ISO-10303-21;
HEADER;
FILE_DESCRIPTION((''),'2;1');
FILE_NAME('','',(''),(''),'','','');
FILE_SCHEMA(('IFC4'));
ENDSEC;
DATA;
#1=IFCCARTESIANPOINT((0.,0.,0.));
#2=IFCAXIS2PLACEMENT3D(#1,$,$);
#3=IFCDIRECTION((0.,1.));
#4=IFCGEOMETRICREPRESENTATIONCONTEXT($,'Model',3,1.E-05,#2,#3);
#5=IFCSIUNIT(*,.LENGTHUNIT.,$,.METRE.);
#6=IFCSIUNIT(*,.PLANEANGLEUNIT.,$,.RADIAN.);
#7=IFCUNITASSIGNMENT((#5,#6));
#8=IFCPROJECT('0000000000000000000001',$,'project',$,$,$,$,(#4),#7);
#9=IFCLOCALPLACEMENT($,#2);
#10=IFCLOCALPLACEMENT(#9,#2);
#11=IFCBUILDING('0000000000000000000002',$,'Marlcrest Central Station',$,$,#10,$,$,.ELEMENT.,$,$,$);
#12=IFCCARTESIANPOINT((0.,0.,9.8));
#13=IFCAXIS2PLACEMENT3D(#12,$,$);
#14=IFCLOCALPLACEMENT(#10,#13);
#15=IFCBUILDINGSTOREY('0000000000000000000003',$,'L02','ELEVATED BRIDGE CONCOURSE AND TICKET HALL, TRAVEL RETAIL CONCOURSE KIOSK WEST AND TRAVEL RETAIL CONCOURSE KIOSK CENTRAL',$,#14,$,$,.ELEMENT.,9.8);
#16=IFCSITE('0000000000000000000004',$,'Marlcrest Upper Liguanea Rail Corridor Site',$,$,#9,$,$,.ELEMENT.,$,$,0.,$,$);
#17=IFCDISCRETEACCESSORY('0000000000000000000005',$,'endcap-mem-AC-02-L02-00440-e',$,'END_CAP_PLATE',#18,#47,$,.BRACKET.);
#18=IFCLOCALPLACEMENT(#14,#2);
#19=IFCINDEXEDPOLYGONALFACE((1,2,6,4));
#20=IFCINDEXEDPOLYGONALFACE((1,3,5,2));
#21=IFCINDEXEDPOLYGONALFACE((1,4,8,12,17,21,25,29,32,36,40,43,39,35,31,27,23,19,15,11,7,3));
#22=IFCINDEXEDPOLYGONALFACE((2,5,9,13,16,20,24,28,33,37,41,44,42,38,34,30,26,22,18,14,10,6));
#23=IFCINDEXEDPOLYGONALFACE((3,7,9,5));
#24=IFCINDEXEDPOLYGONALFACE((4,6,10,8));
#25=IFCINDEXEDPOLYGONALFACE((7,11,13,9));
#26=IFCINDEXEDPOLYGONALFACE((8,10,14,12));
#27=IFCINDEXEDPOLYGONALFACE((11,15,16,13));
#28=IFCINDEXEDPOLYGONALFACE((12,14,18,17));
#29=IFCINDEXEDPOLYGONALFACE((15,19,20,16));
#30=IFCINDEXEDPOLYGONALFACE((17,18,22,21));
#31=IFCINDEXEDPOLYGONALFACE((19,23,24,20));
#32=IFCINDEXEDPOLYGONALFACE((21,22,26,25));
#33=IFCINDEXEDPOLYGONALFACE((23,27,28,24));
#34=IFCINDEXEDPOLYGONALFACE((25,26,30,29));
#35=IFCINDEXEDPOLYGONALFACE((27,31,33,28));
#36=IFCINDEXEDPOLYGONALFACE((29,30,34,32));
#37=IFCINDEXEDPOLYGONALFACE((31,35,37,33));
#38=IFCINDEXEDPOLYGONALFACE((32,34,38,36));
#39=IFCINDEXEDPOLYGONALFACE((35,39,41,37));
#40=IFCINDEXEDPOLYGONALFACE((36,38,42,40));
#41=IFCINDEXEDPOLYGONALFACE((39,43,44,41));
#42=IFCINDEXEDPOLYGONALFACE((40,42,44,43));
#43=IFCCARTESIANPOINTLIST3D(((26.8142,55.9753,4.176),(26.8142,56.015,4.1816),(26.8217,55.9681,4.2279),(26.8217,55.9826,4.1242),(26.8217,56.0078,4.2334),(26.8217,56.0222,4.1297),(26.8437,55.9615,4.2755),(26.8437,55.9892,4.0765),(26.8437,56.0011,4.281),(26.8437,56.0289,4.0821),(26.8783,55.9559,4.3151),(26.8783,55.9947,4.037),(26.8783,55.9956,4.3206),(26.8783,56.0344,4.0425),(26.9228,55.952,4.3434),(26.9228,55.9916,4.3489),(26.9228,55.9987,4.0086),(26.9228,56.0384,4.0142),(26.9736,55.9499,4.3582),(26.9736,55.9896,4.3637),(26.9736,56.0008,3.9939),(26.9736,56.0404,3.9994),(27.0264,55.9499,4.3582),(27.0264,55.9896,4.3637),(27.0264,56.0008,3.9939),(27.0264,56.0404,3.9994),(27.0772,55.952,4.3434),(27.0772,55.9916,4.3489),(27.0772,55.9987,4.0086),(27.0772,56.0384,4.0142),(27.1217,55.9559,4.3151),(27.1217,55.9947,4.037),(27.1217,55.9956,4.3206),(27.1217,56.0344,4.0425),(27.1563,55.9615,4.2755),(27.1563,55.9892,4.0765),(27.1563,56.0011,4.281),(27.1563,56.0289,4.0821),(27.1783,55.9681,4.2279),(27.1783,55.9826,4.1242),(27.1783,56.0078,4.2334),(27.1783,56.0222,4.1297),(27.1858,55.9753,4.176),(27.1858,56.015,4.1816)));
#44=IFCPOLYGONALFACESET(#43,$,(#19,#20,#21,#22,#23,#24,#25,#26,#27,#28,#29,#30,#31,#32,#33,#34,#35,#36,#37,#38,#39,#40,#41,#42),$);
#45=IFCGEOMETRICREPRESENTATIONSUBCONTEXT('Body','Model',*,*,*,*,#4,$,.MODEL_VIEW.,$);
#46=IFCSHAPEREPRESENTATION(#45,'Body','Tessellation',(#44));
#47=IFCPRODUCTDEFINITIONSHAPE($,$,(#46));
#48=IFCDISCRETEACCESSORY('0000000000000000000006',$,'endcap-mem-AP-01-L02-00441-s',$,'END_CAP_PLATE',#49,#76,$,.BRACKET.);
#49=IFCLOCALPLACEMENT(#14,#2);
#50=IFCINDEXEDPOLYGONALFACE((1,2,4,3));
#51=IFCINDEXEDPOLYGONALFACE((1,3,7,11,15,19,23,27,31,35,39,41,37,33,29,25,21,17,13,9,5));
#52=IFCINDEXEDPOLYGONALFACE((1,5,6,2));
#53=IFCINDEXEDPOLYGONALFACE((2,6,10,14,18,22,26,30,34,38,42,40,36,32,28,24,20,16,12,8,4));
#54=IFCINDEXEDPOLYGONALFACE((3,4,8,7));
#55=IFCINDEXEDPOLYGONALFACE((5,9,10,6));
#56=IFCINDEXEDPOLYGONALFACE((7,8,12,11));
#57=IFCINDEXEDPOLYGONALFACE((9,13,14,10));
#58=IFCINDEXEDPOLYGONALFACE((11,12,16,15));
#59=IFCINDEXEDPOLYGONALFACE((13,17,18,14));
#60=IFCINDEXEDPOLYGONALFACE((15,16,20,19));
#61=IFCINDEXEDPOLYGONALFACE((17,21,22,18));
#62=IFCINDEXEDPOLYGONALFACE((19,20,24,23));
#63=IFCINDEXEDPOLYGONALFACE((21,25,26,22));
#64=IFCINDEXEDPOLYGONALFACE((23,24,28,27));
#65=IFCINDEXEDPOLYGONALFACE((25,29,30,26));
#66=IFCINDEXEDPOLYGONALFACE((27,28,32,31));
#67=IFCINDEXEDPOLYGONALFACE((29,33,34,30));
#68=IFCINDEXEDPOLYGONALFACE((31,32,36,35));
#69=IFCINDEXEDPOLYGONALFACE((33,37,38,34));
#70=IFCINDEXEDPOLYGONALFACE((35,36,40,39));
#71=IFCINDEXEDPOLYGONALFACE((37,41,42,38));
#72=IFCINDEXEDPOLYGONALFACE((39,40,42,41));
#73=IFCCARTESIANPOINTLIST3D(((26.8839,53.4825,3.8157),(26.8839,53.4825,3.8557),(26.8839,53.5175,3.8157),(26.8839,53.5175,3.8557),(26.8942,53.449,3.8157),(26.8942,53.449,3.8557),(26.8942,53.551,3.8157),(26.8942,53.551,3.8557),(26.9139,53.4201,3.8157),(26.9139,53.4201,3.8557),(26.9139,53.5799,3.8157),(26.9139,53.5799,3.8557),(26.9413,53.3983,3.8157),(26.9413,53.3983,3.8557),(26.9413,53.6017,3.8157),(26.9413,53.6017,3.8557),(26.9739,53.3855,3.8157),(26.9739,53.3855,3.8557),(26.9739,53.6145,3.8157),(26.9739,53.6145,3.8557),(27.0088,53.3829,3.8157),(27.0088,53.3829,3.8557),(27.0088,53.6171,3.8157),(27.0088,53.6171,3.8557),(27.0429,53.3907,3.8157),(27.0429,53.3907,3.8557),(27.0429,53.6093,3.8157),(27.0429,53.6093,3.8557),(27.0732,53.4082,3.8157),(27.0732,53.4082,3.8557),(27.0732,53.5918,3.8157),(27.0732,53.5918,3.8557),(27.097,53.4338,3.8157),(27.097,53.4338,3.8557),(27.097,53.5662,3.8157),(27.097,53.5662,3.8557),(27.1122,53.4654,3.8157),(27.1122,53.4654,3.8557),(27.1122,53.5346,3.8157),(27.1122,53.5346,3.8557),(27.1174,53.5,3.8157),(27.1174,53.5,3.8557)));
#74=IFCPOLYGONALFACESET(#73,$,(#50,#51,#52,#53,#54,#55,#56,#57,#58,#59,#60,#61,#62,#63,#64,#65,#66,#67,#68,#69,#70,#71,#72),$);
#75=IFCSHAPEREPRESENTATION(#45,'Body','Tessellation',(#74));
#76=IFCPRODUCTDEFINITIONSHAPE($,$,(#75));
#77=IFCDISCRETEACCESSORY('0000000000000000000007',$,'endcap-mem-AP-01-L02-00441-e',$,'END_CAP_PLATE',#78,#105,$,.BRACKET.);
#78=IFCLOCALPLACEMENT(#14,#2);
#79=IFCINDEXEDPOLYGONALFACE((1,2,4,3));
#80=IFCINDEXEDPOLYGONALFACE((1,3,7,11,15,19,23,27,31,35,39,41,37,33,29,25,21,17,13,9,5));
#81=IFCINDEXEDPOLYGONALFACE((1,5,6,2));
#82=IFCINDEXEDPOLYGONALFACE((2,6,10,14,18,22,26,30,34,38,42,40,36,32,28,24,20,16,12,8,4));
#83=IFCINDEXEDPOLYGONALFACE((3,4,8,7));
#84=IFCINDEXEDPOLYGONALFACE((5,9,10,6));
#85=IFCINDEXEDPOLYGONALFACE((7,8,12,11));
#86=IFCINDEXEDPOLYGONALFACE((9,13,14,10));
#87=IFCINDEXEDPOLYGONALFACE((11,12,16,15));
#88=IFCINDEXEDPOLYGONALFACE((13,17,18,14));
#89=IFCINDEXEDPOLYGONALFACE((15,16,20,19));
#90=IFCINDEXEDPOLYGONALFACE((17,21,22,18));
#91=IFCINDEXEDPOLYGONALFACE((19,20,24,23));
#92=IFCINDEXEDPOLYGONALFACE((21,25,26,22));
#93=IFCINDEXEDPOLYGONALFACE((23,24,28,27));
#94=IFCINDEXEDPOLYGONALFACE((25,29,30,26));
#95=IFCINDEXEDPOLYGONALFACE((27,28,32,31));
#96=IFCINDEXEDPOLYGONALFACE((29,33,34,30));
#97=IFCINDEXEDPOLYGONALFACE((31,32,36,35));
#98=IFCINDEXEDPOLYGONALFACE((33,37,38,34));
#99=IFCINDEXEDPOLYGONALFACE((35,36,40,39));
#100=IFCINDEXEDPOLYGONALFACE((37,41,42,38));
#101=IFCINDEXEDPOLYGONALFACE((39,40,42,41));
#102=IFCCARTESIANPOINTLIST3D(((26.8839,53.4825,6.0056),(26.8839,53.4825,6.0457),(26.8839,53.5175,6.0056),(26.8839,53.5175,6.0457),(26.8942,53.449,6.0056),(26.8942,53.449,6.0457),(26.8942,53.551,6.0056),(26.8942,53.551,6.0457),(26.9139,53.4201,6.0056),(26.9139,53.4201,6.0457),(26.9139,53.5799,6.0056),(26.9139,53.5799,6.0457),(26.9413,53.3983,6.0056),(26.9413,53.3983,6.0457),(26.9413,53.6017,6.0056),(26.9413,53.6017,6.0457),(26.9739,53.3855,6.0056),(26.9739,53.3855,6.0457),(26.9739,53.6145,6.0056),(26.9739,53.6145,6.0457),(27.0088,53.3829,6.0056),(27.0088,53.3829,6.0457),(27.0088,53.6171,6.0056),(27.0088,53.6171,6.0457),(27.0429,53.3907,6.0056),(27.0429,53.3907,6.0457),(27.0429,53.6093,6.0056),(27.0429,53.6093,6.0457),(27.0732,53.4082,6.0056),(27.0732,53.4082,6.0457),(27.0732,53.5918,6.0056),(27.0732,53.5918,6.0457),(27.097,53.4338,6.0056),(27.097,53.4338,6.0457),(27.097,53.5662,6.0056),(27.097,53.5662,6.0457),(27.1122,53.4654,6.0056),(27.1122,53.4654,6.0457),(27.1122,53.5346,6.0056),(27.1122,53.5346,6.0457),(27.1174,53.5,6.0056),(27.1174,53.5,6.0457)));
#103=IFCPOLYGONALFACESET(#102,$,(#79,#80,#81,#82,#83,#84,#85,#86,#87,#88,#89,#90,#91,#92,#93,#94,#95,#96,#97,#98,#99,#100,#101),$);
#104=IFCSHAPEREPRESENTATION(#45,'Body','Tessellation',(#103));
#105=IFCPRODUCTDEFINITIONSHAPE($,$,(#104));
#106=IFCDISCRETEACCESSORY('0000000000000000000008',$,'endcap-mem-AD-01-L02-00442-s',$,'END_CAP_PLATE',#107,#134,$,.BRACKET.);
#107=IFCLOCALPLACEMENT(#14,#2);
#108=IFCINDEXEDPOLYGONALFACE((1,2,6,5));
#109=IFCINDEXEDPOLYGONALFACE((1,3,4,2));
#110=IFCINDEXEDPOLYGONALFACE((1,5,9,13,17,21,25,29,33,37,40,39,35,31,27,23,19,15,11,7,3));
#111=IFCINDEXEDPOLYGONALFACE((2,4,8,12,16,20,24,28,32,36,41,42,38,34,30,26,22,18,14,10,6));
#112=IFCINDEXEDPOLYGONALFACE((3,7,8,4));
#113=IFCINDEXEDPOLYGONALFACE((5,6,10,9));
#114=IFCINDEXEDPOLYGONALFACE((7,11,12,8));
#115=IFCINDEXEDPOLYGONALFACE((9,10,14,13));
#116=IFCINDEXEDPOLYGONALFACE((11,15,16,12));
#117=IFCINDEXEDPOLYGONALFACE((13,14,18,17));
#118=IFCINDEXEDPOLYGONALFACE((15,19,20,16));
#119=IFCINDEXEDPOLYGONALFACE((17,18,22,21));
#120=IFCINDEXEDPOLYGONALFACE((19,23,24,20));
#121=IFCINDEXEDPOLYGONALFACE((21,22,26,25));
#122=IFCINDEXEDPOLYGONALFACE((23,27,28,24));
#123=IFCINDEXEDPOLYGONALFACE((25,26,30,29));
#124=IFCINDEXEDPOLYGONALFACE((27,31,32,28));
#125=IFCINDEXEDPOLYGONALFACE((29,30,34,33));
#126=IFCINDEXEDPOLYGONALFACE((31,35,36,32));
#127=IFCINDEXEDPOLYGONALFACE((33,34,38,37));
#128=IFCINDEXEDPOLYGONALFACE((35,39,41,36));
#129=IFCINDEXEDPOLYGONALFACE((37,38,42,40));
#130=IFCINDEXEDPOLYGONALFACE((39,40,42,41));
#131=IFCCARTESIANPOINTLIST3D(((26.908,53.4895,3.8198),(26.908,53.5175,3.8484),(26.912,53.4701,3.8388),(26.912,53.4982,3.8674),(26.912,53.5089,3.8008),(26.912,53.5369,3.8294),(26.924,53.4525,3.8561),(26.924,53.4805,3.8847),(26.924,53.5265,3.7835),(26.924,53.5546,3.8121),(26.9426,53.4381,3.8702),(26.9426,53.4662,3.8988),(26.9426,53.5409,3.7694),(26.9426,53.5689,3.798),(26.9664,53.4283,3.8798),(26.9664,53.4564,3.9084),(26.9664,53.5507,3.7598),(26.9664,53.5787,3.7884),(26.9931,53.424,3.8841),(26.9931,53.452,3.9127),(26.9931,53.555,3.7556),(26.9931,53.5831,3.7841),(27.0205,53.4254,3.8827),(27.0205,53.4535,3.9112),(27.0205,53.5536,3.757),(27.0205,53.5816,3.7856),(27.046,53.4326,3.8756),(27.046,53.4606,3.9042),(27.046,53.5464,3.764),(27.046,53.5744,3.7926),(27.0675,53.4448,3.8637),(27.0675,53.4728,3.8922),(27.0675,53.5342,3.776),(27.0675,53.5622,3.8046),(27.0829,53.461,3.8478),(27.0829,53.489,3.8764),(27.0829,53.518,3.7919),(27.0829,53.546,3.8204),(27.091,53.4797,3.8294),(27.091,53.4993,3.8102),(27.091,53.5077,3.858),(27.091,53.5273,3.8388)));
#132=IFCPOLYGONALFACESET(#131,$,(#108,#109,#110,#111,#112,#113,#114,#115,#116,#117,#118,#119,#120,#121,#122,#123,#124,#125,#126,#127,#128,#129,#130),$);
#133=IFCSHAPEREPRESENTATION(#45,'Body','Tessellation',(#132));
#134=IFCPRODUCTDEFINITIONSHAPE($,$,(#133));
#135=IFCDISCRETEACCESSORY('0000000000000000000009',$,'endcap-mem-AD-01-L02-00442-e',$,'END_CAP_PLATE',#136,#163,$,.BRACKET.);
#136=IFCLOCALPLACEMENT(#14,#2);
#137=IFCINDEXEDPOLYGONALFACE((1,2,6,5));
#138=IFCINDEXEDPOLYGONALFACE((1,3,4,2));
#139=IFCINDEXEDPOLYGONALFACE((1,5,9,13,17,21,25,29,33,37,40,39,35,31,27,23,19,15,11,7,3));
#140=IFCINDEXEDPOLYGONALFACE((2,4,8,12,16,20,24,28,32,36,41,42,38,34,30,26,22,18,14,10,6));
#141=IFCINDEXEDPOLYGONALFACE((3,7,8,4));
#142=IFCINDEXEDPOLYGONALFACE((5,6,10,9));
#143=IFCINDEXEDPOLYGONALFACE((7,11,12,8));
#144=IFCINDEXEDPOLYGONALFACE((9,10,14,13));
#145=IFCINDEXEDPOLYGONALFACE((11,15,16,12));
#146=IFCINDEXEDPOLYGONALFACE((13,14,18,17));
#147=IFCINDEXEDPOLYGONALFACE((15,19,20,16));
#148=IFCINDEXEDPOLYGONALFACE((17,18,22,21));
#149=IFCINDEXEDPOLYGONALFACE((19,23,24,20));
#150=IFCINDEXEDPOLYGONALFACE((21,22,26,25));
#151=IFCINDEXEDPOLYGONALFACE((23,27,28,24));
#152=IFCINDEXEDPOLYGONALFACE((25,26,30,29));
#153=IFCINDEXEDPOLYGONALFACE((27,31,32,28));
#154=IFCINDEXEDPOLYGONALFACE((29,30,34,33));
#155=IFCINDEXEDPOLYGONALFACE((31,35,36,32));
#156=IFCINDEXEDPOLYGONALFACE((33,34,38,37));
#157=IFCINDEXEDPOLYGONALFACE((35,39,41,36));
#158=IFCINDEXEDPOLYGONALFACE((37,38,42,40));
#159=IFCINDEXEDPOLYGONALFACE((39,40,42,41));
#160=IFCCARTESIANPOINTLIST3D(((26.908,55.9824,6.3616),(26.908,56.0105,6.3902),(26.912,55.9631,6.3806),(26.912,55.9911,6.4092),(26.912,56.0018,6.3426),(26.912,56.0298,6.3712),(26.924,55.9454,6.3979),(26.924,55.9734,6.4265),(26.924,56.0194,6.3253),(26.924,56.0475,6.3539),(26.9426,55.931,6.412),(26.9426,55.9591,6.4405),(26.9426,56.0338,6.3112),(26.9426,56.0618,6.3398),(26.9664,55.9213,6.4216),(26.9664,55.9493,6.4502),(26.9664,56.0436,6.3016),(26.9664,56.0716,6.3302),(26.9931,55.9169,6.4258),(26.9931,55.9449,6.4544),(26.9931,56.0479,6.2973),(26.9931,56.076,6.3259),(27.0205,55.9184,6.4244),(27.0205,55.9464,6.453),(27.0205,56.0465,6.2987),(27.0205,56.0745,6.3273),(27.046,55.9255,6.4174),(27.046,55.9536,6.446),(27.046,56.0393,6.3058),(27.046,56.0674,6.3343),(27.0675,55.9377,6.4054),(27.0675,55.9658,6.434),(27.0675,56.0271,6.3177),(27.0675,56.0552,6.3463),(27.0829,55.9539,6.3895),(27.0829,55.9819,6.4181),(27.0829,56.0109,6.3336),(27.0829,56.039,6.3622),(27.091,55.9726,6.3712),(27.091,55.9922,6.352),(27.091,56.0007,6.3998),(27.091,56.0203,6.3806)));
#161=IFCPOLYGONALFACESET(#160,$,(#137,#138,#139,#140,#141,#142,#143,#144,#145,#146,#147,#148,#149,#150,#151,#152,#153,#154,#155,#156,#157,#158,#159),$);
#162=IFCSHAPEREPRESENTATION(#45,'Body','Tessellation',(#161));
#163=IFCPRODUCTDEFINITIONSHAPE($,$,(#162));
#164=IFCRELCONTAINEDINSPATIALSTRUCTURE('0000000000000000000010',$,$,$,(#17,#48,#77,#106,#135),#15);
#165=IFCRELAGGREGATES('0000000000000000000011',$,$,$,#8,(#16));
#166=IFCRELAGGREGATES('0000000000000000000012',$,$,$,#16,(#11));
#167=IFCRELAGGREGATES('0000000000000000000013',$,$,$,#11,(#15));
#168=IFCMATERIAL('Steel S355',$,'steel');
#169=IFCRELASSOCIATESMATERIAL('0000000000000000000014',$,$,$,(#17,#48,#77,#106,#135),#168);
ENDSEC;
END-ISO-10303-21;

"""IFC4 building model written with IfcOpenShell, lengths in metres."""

from ifc_helpers import new_model, si_unit, direction, frame, origin, origin_2d, place, context, subcontext, project, spatial, circle, extrude, material, element, save


model = new_model("IFC4")

# Units and contexts
model_context = context("Model", 3, precision=1e-05, world=origin(), true_north=direction((0.0, 1.0)))
body_context = subcontext(model_context, "Body", "Model", "MODEL_VIEW")
ifc_project = project(units=[si_unit("LENGTHUNIT", "METRE"), si_unit("PLANEANGLEUNIT", "RADIAN")], contexts=[model_context])

# Site, building, storey
site_placement = place(None, origin())
site = spatial("IfcSite", under=ifc_project, at=site_placement, Name="Marlcrest Upper Liguanea Rail Corridor Site", CompositionType="ELEMENT", RefElevation=0.0)
building_placement = place(site_placement, origin())
building = spatial("IfcBuilding", under=site, at=building_placement, Name="Marlcrest Central Station", CompositionType="ELEMENT")
storey_placement = place(building_placement, frame((0.0, 0.0, 9.8)))
storey = spatial("IfcBuildingStorey", under=building, at=storey_placement, Name="L02", Description="ELEVATED BRIDGE CONCOURSE AND TICKET HALL, TRAVEL RETAIL CONCOURSE KIOSK WEST AND TRAVEL RETAIL CONCOURSE KIOSK CENTRAL", CompositionType="ELEMENT", Elevation=9.8)

# Shared definitions
ifc_material = material(Name="Steel S355", Category="steel")

# Discrete accessories
for number, where, z_axis, x_axis, name in (
    (1, (27.0, 55.9753, 4.176), (0.0, 0.990403, 0.138211), (-1.0, 0.0, 0.0), "endcap-mem-AC-02-L02-00440-e"),
):
    element("IfcDiscreteAccessory", number, at=place(storey_placement, frame(where, z_axis=z_axis, x_axis=x_axis)), inside=storey, material=ifc_material, Name=name, ObjectType="END_CAP_PLATE", PredefinedType="BRACKET", context=body_context, shape_type="SweptSolid", body=[
        extrude(circle(Radius=0.1858, at=origin_2d()), origin(), (0.0, 0.0, 1.0), 0.04),
    ])
for number, where, z_axis, x_axis, name in (
    (2, (27.0, 53.5, 3.8157), (0.0, 0.0, 1.0), (1.0, 0.0, 0.0), "endcap-mem-AP-01-L02-00441-s"),
    (3, (27.0, 53.5, 6.0056), (0.0, 0.0, 1.0), (1.0, 0.0, 0.0), "endcap-mem-AP-01-L02-00441-e"),
):
    element("IfcDiscreteAccessory", number, at=place(storey_placement, frame(where, z_axis=z_axis, x_axis=x_axis)), inside=storey, material=ifc_material, Name=name, ObjectType="END_CAP_PLATE", PredefinedType="BRACKET", context=body_context, shape_type="SweptSolid", body=[
        extrude(circle(Radius=0.1174, at=origin_2d()), origin(), (0.0, 0.0, 1.0), 0.04),
    ])
for number, where, z_axis, x_axis, name in (
    (4, (27.0, 53.4895, 3.8198), (0.0, 0.700235, 0.713912), (-1.0, 0.0, 0.0), "endcap-mem-AD-01-L02-00442-s"),
    (5, (27.0, 55.9824, 6.3616), (0.0, 0.700235, 0.713912), (-1.0, 0.0, 0.0), "endcap-mem-AD-01-L02-00442-e"),
):
    element("IfcDiscreteAccessory", number, at=place(storey_placement, frame(where, z_axis=z_axis, x_axis=x_axis)), inside=storey, material=ifc_material, Name=name, ObjectType="END_CAP_PLATE", PredefinedType="BRACKET", context=body_context, shape_type="SweptSolid", body=[
        extrude(circle(Radius=0.092, at=origin_2d()), origin(), (0.0, 0.0, 1.0), 0.04),
    ])

save(model, "model.ifc")
